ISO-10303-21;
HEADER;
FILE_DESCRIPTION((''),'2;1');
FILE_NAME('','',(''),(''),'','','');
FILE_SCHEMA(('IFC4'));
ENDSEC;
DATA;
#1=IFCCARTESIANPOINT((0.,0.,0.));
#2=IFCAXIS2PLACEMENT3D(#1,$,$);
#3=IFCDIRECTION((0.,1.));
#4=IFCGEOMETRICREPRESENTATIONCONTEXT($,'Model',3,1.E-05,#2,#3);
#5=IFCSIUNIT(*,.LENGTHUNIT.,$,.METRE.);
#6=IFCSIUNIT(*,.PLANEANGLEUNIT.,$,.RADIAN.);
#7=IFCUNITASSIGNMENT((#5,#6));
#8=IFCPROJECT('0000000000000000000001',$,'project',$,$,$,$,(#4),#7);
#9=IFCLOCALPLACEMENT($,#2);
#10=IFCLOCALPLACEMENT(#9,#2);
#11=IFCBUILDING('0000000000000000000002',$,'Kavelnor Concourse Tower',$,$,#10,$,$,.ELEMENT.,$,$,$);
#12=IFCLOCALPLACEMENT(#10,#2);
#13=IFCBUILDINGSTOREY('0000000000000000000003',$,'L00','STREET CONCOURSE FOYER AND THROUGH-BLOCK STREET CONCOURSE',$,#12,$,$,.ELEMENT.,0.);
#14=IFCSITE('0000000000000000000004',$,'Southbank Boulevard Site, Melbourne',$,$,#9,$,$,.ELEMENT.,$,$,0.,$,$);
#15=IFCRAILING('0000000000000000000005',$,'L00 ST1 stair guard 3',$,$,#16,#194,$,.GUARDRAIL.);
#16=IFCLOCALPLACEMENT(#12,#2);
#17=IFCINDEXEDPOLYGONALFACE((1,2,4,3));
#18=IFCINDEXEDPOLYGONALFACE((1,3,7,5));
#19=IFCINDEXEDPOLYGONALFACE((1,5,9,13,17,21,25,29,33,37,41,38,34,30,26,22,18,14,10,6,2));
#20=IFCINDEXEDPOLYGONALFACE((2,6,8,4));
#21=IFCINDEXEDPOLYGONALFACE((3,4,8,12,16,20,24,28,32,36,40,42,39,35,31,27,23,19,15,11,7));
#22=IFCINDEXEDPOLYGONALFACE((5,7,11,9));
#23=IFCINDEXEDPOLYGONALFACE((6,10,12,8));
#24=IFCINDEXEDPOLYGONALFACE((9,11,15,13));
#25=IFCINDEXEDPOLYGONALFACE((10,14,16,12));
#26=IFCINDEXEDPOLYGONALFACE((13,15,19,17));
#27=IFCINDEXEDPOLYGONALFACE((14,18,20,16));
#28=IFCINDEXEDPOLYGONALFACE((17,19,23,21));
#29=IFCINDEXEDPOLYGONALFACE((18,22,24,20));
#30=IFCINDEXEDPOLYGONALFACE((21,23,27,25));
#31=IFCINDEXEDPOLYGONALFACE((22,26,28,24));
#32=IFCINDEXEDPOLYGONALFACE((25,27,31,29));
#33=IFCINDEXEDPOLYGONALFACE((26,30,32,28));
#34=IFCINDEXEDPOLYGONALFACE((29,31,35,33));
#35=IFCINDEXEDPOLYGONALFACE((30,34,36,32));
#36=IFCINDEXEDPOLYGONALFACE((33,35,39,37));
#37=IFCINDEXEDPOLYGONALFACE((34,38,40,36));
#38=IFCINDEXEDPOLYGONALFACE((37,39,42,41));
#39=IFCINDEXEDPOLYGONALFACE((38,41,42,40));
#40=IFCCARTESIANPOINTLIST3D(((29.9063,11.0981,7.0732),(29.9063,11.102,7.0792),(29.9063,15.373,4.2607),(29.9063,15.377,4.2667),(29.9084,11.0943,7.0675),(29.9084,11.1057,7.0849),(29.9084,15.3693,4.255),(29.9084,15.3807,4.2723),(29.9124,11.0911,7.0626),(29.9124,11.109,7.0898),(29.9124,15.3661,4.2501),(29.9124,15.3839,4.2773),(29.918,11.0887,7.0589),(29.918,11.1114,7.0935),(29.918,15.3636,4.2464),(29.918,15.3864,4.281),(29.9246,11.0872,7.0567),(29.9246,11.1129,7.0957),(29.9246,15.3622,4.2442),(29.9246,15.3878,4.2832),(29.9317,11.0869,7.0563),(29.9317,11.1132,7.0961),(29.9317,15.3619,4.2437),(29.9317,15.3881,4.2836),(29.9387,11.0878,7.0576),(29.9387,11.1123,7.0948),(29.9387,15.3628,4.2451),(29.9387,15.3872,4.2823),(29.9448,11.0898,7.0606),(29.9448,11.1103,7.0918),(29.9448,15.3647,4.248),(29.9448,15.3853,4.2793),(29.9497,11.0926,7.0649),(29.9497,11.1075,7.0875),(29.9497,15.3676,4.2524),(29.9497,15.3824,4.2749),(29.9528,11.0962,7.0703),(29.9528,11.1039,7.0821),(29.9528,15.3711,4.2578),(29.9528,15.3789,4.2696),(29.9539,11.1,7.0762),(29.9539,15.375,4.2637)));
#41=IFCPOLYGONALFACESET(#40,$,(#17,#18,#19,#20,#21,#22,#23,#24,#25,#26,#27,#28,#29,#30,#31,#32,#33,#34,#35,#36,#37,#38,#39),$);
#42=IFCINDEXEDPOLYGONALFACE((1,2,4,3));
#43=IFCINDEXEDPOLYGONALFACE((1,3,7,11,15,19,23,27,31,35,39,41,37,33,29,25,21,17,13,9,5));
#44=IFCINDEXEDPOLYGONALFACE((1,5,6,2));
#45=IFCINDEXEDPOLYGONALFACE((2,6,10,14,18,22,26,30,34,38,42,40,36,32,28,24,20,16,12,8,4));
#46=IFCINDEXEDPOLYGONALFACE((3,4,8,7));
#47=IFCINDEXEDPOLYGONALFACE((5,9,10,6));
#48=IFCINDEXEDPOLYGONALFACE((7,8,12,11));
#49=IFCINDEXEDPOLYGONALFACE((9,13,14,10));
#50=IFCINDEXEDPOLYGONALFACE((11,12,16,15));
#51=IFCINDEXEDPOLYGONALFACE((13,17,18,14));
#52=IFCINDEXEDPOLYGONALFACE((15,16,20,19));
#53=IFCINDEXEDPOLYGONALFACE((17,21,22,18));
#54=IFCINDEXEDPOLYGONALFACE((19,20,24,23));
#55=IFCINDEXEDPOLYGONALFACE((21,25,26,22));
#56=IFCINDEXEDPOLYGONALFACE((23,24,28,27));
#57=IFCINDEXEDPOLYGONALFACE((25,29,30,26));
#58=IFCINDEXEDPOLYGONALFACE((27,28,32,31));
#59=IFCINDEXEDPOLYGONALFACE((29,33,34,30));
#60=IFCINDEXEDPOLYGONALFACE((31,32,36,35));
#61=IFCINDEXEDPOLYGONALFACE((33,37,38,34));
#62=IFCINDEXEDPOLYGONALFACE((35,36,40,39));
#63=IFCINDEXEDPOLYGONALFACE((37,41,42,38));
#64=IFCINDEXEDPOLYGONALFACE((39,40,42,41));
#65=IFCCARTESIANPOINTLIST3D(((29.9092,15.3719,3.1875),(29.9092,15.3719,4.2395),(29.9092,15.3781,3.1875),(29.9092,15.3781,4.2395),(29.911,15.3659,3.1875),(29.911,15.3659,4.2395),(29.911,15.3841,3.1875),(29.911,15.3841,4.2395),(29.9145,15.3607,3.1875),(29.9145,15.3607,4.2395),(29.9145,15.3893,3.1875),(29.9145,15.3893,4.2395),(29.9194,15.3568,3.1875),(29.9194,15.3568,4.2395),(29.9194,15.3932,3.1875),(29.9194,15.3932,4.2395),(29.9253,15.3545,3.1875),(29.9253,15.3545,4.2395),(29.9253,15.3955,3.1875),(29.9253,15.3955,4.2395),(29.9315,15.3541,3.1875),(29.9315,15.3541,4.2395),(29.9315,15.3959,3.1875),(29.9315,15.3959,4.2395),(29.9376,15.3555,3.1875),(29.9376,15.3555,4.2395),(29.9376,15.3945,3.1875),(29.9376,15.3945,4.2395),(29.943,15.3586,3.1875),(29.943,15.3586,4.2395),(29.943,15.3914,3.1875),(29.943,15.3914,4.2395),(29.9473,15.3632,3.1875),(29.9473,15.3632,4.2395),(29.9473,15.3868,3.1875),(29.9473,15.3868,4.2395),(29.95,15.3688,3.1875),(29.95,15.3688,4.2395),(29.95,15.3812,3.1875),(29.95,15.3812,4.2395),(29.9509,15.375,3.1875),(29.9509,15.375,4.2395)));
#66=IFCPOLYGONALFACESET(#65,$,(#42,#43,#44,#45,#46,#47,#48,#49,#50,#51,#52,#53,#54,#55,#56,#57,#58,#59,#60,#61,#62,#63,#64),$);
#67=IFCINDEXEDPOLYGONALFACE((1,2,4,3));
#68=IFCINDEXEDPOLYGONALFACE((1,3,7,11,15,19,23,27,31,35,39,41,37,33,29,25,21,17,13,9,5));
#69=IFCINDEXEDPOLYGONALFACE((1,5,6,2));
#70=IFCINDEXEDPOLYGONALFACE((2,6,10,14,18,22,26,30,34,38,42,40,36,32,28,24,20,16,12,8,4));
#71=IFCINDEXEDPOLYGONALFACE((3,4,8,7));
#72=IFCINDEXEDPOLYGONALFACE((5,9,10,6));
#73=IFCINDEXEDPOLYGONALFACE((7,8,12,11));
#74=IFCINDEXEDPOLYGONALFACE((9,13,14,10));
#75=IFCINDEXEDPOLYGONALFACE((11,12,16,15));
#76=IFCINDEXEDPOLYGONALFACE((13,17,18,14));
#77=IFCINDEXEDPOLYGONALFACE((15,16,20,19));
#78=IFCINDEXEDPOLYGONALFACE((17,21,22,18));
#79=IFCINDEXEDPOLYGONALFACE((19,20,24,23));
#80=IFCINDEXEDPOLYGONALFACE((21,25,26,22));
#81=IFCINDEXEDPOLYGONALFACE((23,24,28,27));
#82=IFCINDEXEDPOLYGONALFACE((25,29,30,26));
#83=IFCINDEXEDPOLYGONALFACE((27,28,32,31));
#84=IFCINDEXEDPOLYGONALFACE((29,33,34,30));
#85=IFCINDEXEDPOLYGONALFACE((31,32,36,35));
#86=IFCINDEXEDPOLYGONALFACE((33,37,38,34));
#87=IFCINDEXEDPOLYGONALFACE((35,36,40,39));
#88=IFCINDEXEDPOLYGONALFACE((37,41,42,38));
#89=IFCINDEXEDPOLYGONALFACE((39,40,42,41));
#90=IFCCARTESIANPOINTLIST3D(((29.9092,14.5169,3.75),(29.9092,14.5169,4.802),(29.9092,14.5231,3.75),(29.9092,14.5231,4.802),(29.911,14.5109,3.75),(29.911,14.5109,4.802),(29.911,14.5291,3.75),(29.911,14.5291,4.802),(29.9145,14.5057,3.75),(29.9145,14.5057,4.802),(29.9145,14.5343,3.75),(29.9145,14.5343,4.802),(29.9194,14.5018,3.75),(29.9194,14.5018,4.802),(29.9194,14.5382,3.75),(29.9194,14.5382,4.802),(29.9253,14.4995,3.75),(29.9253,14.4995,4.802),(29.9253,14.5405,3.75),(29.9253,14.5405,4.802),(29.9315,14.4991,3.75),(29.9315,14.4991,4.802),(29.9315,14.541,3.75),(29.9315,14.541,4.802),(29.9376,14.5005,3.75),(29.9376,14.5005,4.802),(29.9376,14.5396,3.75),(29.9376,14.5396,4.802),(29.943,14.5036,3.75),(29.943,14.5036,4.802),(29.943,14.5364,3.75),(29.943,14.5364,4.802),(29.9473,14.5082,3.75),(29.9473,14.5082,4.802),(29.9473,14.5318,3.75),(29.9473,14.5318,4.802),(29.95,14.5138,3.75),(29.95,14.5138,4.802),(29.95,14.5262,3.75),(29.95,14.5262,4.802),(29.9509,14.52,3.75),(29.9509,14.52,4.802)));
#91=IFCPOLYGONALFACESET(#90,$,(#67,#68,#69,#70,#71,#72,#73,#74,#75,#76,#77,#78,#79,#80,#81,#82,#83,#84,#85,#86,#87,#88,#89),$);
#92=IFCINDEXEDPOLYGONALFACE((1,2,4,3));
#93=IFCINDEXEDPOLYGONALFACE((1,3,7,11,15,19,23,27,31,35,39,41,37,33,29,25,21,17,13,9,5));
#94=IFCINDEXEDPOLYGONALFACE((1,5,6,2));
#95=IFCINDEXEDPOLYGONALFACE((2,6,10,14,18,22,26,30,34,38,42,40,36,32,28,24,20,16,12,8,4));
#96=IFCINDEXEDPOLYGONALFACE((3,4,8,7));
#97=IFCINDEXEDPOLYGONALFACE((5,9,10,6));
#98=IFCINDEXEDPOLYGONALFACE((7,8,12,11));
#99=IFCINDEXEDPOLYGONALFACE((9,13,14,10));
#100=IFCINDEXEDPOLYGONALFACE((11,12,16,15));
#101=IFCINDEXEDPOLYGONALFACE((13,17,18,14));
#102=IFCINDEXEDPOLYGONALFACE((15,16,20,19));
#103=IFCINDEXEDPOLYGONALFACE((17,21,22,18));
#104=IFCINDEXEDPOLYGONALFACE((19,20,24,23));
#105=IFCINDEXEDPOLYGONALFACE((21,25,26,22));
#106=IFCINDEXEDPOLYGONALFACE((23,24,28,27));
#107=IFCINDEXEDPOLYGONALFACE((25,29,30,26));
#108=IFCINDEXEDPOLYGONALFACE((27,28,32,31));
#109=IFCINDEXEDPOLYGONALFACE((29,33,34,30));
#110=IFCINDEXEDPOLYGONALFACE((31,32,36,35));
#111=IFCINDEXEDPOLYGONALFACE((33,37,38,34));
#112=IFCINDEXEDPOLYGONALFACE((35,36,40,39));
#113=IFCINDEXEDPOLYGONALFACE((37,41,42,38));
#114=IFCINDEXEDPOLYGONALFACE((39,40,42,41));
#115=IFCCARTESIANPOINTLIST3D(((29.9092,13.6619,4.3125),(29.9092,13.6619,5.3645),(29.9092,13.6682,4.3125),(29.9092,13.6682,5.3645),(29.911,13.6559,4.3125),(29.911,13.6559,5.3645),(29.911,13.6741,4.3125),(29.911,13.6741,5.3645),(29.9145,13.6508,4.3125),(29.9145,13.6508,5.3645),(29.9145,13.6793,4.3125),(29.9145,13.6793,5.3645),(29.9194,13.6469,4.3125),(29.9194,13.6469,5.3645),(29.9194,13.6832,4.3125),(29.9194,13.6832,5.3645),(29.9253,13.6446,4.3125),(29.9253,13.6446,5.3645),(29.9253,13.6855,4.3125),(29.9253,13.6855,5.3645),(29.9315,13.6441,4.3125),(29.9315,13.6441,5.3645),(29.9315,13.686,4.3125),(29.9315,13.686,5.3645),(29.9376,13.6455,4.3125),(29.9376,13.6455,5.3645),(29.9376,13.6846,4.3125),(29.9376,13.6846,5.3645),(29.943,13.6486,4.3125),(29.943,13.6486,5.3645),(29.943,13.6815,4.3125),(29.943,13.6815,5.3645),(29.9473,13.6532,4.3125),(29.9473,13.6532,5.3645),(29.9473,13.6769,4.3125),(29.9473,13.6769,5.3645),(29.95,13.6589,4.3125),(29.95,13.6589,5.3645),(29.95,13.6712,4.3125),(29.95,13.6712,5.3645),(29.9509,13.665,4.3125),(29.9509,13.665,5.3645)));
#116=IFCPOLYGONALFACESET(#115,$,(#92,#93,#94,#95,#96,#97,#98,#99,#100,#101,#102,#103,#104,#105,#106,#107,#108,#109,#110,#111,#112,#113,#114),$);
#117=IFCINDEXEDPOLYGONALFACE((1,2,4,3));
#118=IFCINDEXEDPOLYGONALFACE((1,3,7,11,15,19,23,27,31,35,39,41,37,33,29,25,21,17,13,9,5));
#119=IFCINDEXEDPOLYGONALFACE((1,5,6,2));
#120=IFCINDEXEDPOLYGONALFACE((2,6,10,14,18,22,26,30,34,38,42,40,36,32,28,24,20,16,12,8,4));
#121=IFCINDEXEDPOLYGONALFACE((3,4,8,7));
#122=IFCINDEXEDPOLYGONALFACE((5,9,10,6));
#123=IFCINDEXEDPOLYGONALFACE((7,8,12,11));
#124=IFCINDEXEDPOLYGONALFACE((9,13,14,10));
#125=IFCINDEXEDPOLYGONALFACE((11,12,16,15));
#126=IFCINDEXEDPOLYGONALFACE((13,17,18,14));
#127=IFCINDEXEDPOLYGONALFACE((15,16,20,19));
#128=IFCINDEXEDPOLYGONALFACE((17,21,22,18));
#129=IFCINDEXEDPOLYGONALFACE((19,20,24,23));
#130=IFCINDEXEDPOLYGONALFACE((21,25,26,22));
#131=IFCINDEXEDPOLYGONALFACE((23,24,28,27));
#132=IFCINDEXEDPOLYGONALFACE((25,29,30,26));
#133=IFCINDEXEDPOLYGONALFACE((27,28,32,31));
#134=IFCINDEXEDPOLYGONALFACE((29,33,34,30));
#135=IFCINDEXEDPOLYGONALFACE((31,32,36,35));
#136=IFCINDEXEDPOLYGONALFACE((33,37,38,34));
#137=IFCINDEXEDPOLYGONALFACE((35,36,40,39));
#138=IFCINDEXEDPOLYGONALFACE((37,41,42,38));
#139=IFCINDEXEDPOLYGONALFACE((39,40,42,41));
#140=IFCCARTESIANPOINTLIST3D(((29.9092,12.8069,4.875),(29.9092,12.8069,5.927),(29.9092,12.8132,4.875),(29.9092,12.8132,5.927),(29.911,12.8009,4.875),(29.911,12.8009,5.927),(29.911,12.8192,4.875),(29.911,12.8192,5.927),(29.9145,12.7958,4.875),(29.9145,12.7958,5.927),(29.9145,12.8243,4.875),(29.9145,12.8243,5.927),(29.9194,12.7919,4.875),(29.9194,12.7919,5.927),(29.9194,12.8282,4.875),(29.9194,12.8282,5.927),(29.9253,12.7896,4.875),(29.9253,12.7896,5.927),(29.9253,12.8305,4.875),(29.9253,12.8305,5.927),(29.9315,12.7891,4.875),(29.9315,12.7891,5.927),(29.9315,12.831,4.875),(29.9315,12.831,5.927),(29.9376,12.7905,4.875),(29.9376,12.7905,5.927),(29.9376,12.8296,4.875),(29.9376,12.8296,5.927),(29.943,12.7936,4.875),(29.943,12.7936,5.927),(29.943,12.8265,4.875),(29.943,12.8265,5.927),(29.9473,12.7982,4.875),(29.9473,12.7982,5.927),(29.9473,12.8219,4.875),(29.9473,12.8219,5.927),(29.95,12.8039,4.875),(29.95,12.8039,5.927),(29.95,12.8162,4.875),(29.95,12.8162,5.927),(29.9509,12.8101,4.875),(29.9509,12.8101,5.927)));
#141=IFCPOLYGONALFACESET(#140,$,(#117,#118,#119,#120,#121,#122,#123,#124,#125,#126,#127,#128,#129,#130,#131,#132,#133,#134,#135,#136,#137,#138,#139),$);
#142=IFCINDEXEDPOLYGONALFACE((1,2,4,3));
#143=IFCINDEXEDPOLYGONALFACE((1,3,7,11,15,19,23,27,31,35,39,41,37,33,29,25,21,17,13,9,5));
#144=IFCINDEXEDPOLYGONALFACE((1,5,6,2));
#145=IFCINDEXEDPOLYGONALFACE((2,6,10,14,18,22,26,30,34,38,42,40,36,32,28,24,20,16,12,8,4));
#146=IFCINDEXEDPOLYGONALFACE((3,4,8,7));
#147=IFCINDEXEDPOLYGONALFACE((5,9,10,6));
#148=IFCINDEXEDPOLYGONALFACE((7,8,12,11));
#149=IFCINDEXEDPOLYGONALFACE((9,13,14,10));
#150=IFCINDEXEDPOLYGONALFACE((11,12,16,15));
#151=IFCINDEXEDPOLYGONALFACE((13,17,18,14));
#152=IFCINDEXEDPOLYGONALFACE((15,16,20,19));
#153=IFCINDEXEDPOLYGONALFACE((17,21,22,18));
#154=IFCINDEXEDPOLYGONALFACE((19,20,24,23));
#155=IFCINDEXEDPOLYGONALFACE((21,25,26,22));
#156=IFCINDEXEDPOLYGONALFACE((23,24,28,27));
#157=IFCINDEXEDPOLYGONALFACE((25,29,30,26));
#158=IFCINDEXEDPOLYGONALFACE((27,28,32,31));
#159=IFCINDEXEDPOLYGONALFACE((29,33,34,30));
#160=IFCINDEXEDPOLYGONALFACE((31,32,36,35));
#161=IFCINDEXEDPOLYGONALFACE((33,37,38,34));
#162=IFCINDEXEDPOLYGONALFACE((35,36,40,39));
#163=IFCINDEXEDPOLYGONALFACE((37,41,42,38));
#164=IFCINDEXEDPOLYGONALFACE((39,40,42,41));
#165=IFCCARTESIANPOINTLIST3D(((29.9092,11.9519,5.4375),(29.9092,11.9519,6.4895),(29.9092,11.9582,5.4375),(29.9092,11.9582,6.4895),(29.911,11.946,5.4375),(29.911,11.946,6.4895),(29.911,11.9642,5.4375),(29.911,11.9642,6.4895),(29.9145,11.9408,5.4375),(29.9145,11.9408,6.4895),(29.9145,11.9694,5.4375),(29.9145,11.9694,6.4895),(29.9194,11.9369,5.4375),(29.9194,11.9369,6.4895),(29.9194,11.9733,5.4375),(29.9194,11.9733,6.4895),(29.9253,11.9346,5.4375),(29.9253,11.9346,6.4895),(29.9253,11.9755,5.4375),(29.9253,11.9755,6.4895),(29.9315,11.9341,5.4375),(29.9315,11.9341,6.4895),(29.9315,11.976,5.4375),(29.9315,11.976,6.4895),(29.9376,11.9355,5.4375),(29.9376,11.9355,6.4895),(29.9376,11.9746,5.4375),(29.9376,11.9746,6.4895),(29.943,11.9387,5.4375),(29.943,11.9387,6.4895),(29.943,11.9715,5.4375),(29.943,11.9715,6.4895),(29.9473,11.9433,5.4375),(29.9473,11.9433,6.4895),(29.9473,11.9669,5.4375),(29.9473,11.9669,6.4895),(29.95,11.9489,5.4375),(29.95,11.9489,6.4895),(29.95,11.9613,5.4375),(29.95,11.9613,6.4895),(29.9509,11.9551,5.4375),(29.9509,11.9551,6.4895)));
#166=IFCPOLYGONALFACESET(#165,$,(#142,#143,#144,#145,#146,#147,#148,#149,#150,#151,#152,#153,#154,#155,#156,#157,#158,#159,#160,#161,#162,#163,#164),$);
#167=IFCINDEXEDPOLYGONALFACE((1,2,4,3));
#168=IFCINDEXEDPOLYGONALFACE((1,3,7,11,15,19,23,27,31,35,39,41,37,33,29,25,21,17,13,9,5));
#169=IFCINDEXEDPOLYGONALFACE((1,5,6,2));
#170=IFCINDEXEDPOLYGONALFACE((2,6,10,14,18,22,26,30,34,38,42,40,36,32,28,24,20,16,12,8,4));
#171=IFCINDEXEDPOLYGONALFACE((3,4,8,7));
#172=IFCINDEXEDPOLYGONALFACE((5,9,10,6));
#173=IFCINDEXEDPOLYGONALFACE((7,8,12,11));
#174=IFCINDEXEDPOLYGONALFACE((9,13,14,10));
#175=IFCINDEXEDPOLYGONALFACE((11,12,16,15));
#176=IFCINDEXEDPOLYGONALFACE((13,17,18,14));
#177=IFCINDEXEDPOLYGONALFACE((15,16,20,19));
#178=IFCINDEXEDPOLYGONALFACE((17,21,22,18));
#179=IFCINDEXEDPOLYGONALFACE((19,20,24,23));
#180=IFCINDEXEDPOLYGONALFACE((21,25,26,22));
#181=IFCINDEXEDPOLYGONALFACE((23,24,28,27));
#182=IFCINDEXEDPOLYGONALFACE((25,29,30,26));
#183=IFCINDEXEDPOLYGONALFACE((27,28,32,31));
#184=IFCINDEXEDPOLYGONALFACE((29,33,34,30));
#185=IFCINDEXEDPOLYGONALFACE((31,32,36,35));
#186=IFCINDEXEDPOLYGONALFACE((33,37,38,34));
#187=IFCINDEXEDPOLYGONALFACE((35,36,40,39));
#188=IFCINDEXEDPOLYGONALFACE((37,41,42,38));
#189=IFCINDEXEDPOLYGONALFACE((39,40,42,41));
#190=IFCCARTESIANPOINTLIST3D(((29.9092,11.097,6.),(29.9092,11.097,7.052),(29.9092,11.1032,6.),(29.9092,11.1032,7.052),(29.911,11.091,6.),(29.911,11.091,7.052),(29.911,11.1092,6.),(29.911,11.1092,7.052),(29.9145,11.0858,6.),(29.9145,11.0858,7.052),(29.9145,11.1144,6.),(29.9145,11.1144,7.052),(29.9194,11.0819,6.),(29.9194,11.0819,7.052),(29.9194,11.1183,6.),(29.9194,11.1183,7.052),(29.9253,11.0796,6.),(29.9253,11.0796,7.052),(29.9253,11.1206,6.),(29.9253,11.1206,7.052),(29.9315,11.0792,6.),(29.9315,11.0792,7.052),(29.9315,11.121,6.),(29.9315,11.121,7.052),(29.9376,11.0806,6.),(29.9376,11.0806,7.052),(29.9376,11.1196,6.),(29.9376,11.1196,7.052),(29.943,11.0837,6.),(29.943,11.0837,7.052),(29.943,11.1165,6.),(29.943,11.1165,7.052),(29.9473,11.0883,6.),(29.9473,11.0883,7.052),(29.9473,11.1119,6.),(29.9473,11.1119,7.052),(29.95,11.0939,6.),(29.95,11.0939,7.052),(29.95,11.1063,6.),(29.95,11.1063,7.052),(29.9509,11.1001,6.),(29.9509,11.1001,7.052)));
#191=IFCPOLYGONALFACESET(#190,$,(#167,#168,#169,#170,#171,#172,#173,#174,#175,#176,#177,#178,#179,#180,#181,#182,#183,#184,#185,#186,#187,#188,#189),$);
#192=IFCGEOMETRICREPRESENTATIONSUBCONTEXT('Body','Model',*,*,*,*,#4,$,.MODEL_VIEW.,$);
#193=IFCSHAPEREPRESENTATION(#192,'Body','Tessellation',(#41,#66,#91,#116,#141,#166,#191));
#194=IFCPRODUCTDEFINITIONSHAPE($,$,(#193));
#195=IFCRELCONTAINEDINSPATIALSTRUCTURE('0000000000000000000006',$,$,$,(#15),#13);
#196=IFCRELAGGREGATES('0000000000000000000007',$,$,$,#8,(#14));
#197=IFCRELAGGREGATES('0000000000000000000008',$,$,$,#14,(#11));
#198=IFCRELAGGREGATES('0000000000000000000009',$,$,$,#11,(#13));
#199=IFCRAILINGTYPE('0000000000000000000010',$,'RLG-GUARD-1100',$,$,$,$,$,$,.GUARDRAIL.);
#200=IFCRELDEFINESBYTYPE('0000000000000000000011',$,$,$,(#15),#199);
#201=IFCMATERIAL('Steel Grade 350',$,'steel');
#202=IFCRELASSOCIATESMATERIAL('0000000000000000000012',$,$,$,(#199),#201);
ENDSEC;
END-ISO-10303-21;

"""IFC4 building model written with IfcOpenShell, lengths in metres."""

from ifc_helpers import new_model, si_unit, direction, frame, origin, origin_2d, place, context, subcontext, project, spatial, circle, extrude, material, type_object, element, save


model = new_model("IFC4")

# Units and contexts
model_context = context("Model", 3, precision=1e-05, world=origin(), true_north=direction((0.0, 1.0)))
body_context = subcontext(model_context, "Body", "Model", "MODEL_VIEW")
ifc_project = project(units=[si_unit("LENGTHUNIT", "METRE"), si_unit("PLANEANGLEUNIT", "RADIAN")], contexts=[model_context])

# Site, building, storey
site_placement = place(None, origin())
site = spatial("IfcSite", under=ifc_project, at=site_placement, Name="Southbank Boulevard Site, Melbourne", CompositionType="ELEMENT", RefElevation=0.0)
building_placement = place(site_placement, origin())
building = spatial("IfcBuilding", under=site, at=building_placement, Name="Kavelnor Concourse Tower", CompositionType="ELEMENT")
storey_placement = place(building_placement, origin())
storey = spatial("IfcBuildingStorey", under=building, at=storey_placement, Name="L00", Description="STREET CONCOURSE FOYER AND THROUGH-BLOCK STREET CONCOURSE", CompositionType="ELEMENT", Elevation=0.0)

# Shared definitions
ifc_material_1 = material(Name="Steel Grade 350", Category="steel")

# Railing
railing_type_1 = type_object("IfcRailingType", Name="RLG-GUARD-1100", PredefinedType="GUARDRAIL", material=ifc_material_1)
railing_1_placement = place(storey_placement, frame((29.9299, 15.375, 3.1875)))
element("IfcRailing", 1, at=railing_1_placement, inside=storey, type_object=railing_type_1, Name="L00 ST1 stair guard 3", PredefinedType="GUARDRAIL", context=body_context, shape_type="SweptSolid", body=[
    extrude(circle(Radius=0.0239, at=origin_2d()), frame((0.0, 0.0, 1.0762), z_axis=(0.0, -0.835411, 0.549625), x_axis=(1.0, 0.0, 0.0)), (0.0, 0.0, 1.0), 5.1172),
    extrude(circle(Radius=0.021, at=origin_2d()), origin(), (0.0, 0.0, 1.0), 1.052),
    extrude(circle(Radius=0.021, at=origin_2d()), frame((0.0, -0.855, 0.5625)), (0.0, 0.0, 1.0), 1.052),
    extrude(circle(Radius=0.021, at=origin_2d()), frame((0.0, -1.71, 1.125)), (0.0, 0.0, 1.0), 1.052),
    extrude(circle(Radius=0.021, at=origin_2d()), frame((0.0, -2.5649, 1.6875)), (0.0, 0.0, 1.0), 1.052),
    extrude(circle(Radius=0.021, at=origin_2d()), frame((0.0, -3.4199, 2.25)), (0.0, 0.0, 1.0), 1.052),
    extrude(circle(Radius=0.021, at=origin_2d()), frame((0.0, -4.2749, 2.8125)), (0.0, 0.0, 1.0), 1.052),
])

save(model, "model.ifc")
